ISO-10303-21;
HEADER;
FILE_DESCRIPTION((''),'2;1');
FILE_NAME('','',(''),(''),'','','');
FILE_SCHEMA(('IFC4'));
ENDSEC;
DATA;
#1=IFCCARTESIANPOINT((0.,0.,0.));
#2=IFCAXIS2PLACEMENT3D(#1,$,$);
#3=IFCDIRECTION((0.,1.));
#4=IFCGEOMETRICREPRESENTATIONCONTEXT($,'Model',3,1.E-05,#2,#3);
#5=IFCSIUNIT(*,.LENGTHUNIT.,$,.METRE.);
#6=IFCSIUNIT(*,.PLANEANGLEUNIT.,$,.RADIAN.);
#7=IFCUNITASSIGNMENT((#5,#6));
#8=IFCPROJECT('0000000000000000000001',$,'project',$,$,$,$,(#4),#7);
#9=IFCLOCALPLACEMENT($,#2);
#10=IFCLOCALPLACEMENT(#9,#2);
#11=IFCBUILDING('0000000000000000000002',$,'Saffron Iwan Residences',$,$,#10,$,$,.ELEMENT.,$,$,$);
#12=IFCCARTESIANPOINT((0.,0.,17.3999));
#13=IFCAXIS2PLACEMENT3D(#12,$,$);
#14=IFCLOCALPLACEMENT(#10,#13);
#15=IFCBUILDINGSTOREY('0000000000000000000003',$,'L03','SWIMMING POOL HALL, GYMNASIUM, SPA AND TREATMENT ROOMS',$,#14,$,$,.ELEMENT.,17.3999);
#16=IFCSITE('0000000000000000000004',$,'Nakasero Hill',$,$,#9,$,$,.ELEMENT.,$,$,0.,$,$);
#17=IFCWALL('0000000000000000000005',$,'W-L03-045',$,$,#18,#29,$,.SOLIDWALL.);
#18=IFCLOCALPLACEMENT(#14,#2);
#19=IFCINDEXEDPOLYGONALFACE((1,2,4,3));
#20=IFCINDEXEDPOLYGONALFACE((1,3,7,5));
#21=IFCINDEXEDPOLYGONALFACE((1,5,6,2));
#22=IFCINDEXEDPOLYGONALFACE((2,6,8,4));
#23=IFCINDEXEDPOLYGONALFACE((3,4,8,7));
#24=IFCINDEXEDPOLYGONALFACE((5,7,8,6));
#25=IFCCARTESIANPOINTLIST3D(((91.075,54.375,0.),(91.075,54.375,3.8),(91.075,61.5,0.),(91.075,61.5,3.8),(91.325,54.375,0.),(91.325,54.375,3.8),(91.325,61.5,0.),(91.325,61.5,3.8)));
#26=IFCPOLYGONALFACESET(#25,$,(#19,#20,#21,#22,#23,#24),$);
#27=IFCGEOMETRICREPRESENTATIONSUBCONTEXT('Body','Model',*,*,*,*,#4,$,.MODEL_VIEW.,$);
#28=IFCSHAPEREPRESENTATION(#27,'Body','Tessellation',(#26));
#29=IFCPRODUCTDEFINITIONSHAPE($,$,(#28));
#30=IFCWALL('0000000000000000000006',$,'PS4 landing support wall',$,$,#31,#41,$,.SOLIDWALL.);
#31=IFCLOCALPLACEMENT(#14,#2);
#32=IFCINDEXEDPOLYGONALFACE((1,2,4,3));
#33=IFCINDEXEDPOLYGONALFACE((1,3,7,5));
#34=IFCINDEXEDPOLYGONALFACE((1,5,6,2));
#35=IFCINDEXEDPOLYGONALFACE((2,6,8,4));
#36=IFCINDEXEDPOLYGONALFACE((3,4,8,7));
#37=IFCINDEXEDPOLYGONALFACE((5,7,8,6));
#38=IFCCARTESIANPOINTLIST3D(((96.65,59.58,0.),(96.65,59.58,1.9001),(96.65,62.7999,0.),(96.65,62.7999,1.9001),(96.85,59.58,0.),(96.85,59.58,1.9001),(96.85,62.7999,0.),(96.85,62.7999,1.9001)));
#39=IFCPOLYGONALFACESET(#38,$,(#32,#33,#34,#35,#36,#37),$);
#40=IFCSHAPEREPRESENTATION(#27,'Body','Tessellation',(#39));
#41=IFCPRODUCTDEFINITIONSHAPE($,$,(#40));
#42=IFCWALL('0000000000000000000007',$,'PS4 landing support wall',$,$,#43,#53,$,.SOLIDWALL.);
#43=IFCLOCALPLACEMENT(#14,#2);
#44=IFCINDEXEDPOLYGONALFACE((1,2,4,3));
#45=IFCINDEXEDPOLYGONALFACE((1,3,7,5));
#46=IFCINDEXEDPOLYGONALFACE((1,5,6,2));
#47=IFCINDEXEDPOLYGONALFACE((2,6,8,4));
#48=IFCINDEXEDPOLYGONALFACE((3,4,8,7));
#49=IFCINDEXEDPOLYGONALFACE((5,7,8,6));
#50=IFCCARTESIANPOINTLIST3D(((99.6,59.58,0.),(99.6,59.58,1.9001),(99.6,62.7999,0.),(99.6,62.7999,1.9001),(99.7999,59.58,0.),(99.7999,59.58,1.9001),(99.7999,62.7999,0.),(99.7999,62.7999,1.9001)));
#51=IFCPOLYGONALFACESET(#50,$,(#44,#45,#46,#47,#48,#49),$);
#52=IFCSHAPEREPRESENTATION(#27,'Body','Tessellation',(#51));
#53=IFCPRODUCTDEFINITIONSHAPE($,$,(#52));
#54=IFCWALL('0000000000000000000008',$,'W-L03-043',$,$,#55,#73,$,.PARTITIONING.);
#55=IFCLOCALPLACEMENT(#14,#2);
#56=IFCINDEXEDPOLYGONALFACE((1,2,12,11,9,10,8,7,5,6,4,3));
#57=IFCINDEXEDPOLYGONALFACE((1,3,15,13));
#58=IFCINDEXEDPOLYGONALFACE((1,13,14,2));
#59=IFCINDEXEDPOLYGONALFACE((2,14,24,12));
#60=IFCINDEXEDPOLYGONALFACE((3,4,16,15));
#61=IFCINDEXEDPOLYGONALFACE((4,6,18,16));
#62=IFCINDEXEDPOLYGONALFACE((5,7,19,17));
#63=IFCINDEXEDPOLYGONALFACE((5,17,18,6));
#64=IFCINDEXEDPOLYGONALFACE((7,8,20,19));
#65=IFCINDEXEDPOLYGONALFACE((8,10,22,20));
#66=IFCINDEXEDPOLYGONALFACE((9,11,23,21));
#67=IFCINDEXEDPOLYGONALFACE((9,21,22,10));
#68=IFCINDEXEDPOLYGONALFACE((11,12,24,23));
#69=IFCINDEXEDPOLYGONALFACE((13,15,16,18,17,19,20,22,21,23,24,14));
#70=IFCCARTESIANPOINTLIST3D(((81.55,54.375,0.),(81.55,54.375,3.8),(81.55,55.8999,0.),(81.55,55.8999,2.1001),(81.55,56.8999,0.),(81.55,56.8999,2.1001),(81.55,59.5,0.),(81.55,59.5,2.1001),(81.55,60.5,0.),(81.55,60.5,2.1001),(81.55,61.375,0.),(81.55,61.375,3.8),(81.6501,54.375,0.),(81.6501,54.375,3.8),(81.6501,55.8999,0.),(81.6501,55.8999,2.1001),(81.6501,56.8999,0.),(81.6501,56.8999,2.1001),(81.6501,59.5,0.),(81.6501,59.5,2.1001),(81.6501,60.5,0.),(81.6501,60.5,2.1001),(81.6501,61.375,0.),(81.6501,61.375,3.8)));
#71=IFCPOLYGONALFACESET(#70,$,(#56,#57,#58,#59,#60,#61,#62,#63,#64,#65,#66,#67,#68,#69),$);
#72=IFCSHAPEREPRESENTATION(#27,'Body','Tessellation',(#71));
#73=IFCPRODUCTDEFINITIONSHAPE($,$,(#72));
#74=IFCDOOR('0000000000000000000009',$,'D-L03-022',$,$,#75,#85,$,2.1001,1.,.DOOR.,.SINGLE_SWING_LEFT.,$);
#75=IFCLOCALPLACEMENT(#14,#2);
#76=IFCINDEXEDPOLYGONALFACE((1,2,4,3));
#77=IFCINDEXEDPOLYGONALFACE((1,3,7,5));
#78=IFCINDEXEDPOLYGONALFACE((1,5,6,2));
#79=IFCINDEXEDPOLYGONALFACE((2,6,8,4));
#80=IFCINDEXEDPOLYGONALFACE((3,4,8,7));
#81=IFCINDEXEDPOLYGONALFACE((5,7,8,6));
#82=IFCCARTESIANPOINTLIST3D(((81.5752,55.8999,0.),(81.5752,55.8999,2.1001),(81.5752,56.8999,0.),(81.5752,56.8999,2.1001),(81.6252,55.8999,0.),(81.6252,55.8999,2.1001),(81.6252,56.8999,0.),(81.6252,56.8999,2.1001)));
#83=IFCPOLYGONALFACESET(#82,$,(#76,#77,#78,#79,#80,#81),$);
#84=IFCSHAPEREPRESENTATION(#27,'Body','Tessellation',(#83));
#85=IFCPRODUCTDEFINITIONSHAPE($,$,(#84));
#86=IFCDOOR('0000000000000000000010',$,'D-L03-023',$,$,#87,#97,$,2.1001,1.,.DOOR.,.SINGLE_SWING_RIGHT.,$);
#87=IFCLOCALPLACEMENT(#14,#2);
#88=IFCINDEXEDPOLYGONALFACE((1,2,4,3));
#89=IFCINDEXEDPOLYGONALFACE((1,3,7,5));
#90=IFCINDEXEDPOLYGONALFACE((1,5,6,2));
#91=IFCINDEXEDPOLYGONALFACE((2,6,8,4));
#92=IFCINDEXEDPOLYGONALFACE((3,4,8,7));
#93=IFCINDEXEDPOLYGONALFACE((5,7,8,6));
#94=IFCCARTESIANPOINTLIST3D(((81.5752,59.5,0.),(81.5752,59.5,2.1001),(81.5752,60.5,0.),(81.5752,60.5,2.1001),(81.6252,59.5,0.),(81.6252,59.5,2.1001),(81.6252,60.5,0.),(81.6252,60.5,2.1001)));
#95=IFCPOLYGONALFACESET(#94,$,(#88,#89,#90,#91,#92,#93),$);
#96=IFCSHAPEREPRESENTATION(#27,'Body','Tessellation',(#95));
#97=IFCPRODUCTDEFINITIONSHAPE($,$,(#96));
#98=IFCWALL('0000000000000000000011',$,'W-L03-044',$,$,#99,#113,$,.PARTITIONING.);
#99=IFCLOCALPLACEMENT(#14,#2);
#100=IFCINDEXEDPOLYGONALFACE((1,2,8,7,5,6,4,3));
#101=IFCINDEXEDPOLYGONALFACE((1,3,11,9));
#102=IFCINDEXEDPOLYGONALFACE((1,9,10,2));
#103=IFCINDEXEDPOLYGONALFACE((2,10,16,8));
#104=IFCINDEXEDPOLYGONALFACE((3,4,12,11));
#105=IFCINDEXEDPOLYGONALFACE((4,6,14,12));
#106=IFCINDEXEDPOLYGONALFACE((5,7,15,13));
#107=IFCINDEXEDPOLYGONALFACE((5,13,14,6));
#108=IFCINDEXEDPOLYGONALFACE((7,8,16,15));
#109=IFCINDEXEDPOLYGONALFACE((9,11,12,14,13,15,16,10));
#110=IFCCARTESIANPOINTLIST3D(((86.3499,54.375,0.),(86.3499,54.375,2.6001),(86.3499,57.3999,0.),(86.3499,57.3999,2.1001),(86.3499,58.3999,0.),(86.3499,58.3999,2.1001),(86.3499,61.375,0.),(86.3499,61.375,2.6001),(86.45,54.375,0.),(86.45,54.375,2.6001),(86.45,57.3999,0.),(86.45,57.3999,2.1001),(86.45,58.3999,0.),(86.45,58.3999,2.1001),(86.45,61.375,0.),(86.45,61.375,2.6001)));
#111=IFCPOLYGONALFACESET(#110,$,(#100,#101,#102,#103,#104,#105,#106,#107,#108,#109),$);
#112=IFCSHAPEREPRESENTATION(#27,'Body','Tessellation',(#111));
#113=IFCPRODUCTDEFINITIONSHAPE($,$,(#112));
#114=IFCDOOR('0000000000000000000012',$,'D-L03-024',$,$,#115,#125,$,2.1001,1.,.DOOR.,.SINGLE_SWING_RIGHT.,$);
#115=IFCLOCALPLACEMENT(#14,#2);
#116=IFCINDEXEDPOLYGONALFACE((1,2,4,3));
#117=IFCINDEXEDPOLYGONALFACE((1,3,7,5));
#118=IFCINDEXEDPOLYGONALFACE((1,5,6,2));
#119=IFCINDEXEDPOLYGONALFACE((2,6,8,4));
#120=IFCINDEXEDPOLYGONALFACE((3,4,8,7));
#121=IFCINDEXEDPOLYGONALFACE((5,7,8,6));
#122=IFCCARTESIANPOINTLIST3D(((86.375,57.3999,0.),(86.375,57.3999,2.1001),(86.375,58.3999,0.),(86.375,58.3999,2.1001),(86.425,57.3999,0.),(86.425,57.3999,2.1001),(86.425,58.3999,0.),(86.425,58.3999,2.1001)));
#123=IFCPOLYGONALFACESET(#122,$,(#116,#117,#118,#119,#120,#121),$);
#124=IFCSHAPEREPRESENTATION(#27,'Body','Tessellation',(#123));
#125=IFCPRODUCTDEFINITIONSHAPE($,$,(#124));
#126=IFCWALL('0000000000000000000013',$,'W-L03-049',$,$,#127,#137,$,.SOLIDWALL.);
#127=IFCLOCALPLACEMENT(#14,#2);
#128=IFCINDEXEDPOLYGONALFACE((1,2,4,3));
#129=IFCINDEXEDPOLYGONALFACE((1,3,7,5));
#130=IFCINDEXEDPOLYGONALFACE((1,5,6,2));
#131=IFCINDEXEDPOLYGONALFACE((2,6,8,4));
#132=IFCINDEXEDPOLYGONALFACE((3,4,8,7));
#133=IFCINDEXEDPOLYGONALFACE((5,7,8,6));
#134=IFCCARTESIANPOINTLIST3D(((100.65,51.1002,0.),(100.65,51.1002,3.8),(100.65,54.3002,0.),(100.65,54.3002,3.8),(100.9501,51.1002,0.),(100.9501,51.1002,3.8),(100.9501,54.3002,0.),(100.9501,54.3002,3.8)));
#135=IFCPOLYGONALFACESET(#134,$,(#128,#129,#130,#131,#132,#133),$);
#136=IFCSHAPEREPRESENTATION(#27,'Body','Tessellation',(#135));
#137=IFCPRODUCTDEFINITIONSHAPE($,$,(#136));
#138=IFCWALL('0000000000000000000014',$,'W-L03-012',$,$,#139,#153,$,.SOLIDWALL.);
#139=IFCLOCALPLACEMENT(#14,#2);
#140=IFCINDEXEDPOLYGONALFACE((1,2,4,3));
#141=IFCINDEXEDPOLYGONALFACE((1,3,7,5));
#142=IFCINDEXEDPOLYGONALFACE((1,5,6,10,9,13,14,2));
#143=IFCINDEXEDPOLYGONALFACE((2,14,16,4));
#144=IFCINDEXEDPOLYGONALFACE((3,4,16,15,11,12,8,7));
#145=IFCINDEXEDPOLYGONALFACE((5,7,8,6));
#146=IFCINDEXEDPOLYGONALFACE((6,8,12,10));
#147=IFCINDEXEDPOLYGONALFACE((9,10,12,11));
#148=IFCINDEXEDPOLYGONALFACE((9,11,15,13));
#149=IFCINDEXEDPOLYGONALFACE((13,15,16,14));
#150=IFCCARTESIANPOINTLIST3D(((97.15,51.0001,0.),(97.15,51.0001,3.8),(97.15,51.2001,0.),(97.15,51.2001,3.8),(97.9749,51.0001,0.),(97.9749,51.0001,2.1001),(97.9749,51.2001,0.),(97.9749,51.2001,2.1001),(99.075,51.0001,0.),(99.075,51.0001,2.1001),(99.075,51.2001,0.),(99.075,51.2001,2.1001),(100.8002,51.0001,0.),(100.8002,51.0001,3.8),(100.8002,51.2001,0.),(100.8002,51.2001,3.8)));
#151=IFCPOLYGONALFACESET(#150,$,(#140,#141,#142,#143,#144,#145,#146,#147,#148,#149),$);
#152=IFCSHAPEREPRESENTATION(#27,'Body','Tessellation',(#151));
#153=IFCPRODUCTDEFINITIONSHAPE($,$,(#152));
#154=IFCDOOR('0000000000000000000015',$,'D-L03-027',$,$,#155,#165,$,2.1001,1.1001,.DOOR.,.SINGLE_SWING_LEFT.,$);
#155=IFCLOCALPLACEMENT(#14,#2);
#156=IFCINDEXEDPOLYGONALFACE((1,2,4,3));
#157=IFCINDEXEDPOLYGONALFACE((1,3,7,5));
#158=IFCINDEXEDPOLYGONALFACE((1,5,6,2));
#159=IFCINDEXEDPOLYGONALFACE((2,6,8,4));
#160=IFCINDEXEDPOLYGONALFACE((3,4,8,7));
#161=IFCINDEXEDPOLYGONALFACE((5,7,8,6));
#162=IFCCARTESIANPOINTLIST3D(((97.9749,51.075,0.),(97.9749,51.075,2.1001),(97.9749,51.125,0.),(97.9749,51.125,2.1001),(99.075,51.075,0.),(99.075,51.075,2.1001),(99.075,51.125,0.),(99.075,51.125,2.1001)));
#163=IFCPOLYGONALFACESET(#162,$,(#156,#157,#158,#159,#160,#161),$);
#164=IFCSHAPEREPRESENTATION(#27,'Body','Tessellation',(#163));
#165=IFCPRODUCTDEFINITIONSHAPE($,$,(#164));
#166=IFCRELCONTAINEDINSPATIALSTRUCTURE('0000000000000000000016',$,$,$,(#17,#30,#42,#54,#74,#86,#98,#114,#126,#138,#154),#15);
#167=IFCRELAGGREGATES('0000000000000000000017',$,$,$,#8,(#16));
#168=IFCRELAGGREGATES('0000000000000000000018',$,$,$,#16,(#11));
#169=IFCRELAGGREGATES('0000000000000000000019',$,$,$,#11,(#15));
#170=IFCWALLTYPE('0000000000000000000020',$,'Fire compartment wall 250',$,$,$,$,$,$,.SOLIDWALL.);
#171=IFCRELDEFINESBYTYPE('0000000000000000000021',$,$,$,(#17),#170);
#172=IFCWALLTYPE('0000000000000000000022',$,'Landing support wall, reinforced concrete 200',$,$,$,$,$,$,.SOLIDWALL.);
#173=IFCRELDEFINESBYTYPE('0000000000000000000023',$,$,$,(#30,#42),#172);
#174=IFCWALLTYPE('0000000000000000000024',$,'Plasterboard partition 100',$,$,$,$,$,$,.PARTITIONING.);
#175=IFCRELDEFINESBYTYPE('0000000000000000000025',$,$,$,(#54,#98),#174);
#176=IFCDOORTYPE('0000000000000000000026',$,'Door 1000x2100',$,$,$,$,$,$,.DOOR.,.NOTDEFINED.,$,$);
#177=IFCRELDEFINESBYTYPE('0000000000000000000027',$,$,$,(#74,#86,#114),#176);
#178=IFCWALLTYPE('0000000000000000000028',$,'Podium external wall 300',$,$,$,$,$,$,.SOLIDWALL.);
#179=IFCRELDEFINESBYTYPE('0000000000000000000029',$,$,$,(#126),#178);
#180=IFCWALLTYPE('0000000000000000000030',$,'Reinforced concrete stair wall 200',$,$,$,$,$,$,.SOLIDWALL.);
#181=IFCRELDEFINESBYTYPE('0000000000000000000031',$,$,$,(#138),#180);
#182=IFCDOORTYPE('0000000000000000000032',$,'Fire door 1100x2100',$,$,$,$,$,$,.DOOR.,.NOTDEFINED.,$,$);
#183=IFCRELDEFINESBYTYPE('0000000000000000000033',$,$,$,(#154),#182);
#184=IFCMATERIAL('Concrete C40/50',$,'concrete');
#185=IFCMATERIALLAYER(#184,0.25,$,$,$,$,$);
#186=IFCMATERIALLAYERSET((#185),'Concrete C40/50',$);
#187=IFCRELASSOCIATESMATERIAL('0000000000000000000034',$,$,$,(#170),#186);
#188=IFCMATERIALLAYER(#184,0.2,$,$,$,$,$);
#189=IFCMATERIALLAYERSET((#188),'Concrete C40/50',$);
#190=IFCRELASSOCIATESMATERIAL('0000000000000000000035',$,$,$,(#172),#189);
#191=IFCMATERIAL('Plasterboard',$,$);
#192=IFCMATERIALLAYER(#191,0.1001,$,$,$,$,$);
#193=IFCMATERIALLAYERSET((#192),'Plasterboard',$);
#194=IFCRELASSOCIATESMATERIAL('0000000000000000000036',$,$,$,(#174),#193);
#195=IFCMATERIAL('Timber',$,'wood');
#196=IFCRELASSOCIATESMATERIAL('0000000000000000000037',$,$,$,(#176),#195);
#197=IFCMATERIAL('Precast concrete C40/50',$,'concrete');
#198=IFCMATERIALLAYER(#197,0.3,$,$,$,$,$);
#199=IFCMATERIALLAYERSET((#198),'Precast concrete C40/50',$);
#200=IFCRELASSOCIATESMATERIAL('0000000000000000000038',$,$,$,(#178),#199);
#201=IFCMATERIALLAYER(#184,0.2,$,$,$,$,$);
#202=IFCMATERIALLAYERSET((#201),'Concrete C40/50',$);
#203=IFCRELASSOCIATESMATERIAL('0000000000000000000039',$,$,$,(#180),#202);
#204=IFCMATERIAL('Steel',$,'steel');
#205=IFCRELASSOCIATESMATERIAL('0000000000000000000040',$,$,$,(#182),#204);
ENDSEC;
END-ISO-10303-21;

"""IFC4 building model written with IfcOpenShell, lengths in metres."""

from ifc_helpers import new_model, si_unit, direction, frame, frame_2d, origin, place, context, subcontext, project, spatial, rectangle, extrude, material, layer, layer_set, type_object, element, fill, save


model = new_model("IFC4")

# Units and contexts
model_context = context("Model", 3, precision=1e-05, world=origin(), true_north=direction((0.0, 1.0)))
body_context = subcontext(model_context, "Body", "Model", "MODEL_VIEW")
ifc_project = project(units=[si_unit("LENGTHUNIT", "METRE"), si_unit("PLANEANGLEUNIT", "RADIAN")], contexts=[model_context])

# Site, building, storey
site_placement = place(None, origin())
site = spatial("IfcSite", under=ifc_project, at=site_placement, Name="Nakasero Hill", CompositionType="ELEMENT", RefElevation=0.0)
building_placement = place(site_placement, origin())
building = spatial("IfcBuilding", under=site, at=building_placement, Name="Saffron Iwan Residences", CompositionType="ELEMENT")
storey_placement = place(building_placement, frame((0.0, 0.0, 17.3999)))
storey = spatial("IfcBuildingStorey", under=building, at=storey_placement, Name="L03", Description="SWIMMING POOL HALL, GYMNASIUM, SPA AND TREATMENT ROOMS", CompositionType="ELEMENT", Elevation=17.3999)

# Walls
ifc_material_1 = material(Name="Concrete C40/50", Category="concrete")
ifc_layer_1 = layer(ifc_material_1, 0.25)
ifc_layer_set_1 = layer_set([ifc_layer_1], Name="Concrete C40/50")
wall_type_1 = type_object("IfcWallType", Name="Fire compartment wall 250", PredefinedType="SOLIDWALL", material=ifc_layer_set_1)
wall_1_placement = place(storey_placement, frame((91.2, 54.375, 0.0), z_axis=(0.0, 0.0, 1.0), x_axis=(0.0, 1.0, 0.0)))
element("IfcWall", 1, at=wall_1_placement, inside=storey, type_object=wall_type_1, Name="W-L03-045", PredefinedType="SOLIDWALL", context=body_context, shape_type="SweptSolid", body=[
    extrude(rectangle(XDim=7.125, YDim=0.25, at=frame_2d((3.5625, 0.0))), origin(), (0.0, 0.0, 1.0), 3.8),
])
ifc_layer_2 = layer(ifc_material_1, 0.2)
ifc_layer_set_2 = layer_set([ifc_layer_2], Name="Concrete C40/50")
wall_type_2 = type_object("IfcWallType", Name="Landing support wall, reinforced concrete 200", PredefinedType="SOLIDWALL", material=ifc_layer_set_2)
for number, where, z_axis, x_axis, name in (
    (2, (96.75, 59.5801, 0.0), (0.0, 0.0, 1.0), (0.0, 1.0, 0.0), "PS4 landing support wall"),
    (3, (99.7, 59.5801, 0.0), (0.0, 0.0, 1.0), (0.0, 1.0, 0.0), "PS4 landing support wall"),
):
    element("IfcWall", number, at=place(storey_placement, frame(where, z_axis=z_axis, x_axis=x_axis)), inside=storey, type_object=wall_type_2, Name=name, PredefinedType="SOLIDWALL", context=body_context, shape_type="SweptSolid", body=[
        extrude(rectangle(XDim=3.22, YDim=0.2, at=frame_2d((1.6099, 0.0))), origin(), (0.0, 0.0, 1.0), 1.9001),
    ])

# Wall, openings, doors
ifc_material_2 = material(Name="Plasterboard")
ifc_layer_3 = layer(ifc_material_2, 0.1001)
ifc_layer_set_3 = layer_set([ifc_layer_3], Name="Plasterboard")
wall_type_3 = type_object("IfcWallType", Name="Plasterboard partition 100", PredefinedType="PARTITIONING", material=ifc_layer_set_3)
wall_2_placement = place(storey_placement, frame((81.6001, 54.375, 0.0), z_axis=(0.0, 0.0, 1.0), x_axis=(0.0, 1.0, 0.0)))
wall_2 = element("IfcWall", 4, at=wall_2_placement, inside=storey, type_object=wall_type_3, Name="W-L03-043", PredefinedType="PARTITIONING", context=body_context, shape_type="SweptSolid", body=[
    extrude(rectangle(XDim=7.0, YDim=0.1001, at=frame_2d((3.5, 0.0))), origin(), (0.0, 0.0, 1.0), 3.8),
])
opening_1_placement = place(wall_2_placement, frame((1.5249, 0.0, 0.0)))
opening_1 = element("IfcOpeningElement", 5, at=opening_1_placement, cuts=wall_2, PredefinedType="OPENING", context=body_context, shape_type="SweptSolid", body=[
    extrude(rectangle(XDim=1.0, YDim=2.1001, at=frame_2d((0.5, 1.05))), frame((0.0, 0.0601, 0.0), z_axis=(0.0, -1.0, 0.0), x_axis=(1.0, 0.0, 0.0)), (0.0, 0.0, 1.0), 0.1201),
])
opening_2_placement = place(wall_2_placement, frame((5.125, 0.0, 0.0)))
opening_2 = element("IfcOpeningElement", 6, at=opening_2_placement, cuts=wall_2, PredefinedType="OPENING", context=body_context, shape_type="SweptSolid", body=[
    extrude(rectangle(XDim=1.0, YDim=2.1001, at=frame_2d((0.5, 1.05))), frame((0.0, 0.0601, 0.0), z_axis=(0.0, -1.0, 0.0), x_axis=(1.0, 0.0, 0.0)), (0.0, 0.0, 1.0), 0.1201),
])
ifc_material_3 = material(Name="Timber", Category="wood")
door_type_1 = type_object("IfcDoorType", Name="Door 1000x2100", OperationType="NOTDEFINED", PredefinedType="DOOR", material=ifc_material_3)
door_1_placement = place(opening_1_placement, origin())
door_1 = element("IfcDoor", 7, at=door_1_placement, inside=storey, type_object=door_type_1, Name="D-L03-022", OperationType="SINGLE_SWING_LEFT", OverallHeight=2.1001, OverallWidth=1.0, PredefinedType="DOOR", context=body_context, shape_type="SweptSolid", body=[
    extrude(rectangle(XDim=1.0, YDim=2.1001, at=frame_2d((0.5, 1.05))), frame((0.0, 0.0249, 0.0), z_axis=(0.0, -1.0, 0.0), x_axis=(1.0, 0.0, 0.0)), (0.0, 0.0, 1.0), 0.05),
])
fill(opening_1, door_1)
door_2_placement = place(opening_2_placement, origin())
door_2 = element("IfcDoor", 8, at=door_2_placement, inside=storey, type_object=door_type_1, Name="D-L03-023", OperationType="SINGLE_SWING_RIGHT", OverallHeight=2.1001, OverallWidth=1.0, PredefinedType="DOOR", context=body_context, shape_type="SweptSolid", body=[
    extrude(rectangle(XDim=1.0, YDim=2.1001, at=frame_2d((0.5, 1.05))), frame((0.0, 0.0249, 0.0), z_axis=(0.0, -1.0, 0.0), x_axis=(1.0, 0.0, 0.0)), (0.0, 0.0, 1.0), 0.05),
])
fill(opening_2, door_2)

# Wall, opening, door
wall_3_placement = place(storey_placement, frame((86.3999, 54.375, 0.0), z_axis=(0.0, 0.0, 1.0), x_axis=(0.0, 1.0, 0.0)))
wall_3 = element("IfcWall", 9, at=wall_3_placement, inside=storey, type_object=wall_type_3, Name="W-L03-044", PredefinedType="PARTITIONING", context=body_context, shape_type="SweptSolid", body=[
    extrude(rectangle(XDim=7.0, YDim=0.1001, at=frame_2d((3.5, 0.0))), origin(), (0.0, 0.0, 1.0), 2.6001),
])
opening_3_placement = place(wall_3_placement, frame((3.0249, 0.0, 0.0)))
opening_3 = element("IfcOpeningElement", 10, at=opening_3_placement, cuts=wall_3, PredefinedType="OPENING", context=body_context, shape_type="SweptSolid", body=[
    extrude(rectangle(XDim=1.0, YDim=2.1001, at=frame_2d((0.5, 1.05))), frame((0.0, 0.0601, 0.0), z_axis=(0.0, -1.0, 0.0), x_axis=(1.0, 0.0, 0.0)), (0.0, 0.0, 1.0), 0.1201),
])
door_3_placement = place(opening_3_placement, origin())
door_3 = element("IfcDoor", 11, at=door_3_placement, inside=storey, type_object=door_type_1, Name="D-L03-024", OperationType="SINGLE_SWING_RIGHT", OverallHeight=2.1001, OverallWidth=1.0, PredefinedType="DOOR", context=body_context, shape_type="SweptSolid", body=[
    extrude(rectangle(XDim=1.0, YDim=2.1001, at=frame_2d((0.5, 1.05))), frame((0.0, 0.0249, 0.0), z_axis=(0.0, -1.0, 0.0), x_axis=(1.0, 0.0, 0.0)), (0.0, 0.0, 1.0), 0.05),
])
fill(opening_3, door_3)

# Wall
ifc_material_4 = material(Name="Precast concrete C40/50", Category="concrete")
ifc_layer_4 = layer(ifc_material_4, 0.3)
ifc_layer_set_4 = layer_set([ifc_layer_4], Name="Precast concrete C40/50")
wall_type_4 = type_object("IfcWallType", Name="Podium external wall 300", PredefinedType="SOLIDWALL", material=ifc_layer_set_4)
wall_4_placement = place(storey_placement, frame((100.8, 51.1001, 0.0), z_axis=(0.0, 0.0, 1.0), x_axis=(0.0, 1.0, 0.0)))
element("IfcWall", 12, at=wall_4_placement, inside=storey, type_object=wall_type_4, Name="W-L03-049", PredefinedType="SOLIDWALL", context=body_context, shape_type="SweptSolid", body=[
    extrude(rectangle(XDim=3.2, YDim=0.3, at=frame_2d((1.6001, 0.0))), origin(), (0.0, 0.0, 1.0), 3.8),
])

# Wall, opening, door
ifc_layer_5 = layer(ifc_material_1, 0.2)
ifc_layer_set_5 = layer_set([ifc_layer_5], Name="Concrete C40/50")
wall_type_5 = type_object("IfcWallType", Name="Reinforced concrete stair wall 200", PredefinedType="SOLIDWALL", material=ifc_layer_set_5)
wall_5_placement = place(storey_placement, frame((97.1499, 51.1001, 0.0), z_axis=(0.0, 0.0, 1.0), x_axis=(1.0, 0.0, 0.0)))
wall_5 = element("IfcWall", 13, at=wall_5_placement, inside=storey, type_object=wall_type_5, Name="W-L03-012", PredefinedType="SOLIDWALL", context=body_context, shape_type="SweptSolid", body=[
    extrude(rectangle(XDim=3.6501, YDim=0.2, at=frame_2d((1.8252, 0.0))), origin(), (0.0, 0.0, 1.0), 3.8),
])
opening_4_placement = place(wall_5_placement, frame((0.825, 0.0, 0.0)))
opening_4 = element("IfcOpeningElement", 14, at=opening_4_placement, cuts=wall_5, PredefinedType="OPENING", context=body_context, shape_type="SweptSolid", body=[
    extrude(rectangle(XDim=1.1001, YDim=2.1001, at=frame_2d((0.55, 1.05))), frame((0.0, 0.1099, 0.0), z_axis=(0.0, -1.0, 0.0), x_axis=(1.0, 0.0, 0.0)), (0.0, 0.0, 1.0), 0.22),
])
ifc_material_5 = material(Name="Steel", Category="steel")
door_type_2 = type_object("IfcDoorType", Name="Fire door 1100x2100", OperationType="NOTDEFINED", PredefinedType="DOOR", material=ifc_material_5)
door_4_placement = place(opening_4_placement, origin())
door_4 = element("IfcDoor", 15, at=door_4_placement, inside=storey, type_object=door_type_2, Name="D-L03-027", OperationType="SINGLE_SWING_LEFT", OverallHeight=2.1001, OverallWidth=1.1001, PredefinedType="DOOR", context=body_context, shape_type="SweptSolid", body=[
    extrude(rectangle(XDim=1.1001, YDim=2.1001, at=frame_2d((0.55, 1.05))), frame((0.0, 0.0249, 0.0), z_axis=(0.0, -1.0, 0.0), x_axis=(1.0, 0.0, 0.0)), (0.0, 0.0, 1.0), 0.05),
])
fill(opening_4, door_4)

save(model, "model.ifc")
